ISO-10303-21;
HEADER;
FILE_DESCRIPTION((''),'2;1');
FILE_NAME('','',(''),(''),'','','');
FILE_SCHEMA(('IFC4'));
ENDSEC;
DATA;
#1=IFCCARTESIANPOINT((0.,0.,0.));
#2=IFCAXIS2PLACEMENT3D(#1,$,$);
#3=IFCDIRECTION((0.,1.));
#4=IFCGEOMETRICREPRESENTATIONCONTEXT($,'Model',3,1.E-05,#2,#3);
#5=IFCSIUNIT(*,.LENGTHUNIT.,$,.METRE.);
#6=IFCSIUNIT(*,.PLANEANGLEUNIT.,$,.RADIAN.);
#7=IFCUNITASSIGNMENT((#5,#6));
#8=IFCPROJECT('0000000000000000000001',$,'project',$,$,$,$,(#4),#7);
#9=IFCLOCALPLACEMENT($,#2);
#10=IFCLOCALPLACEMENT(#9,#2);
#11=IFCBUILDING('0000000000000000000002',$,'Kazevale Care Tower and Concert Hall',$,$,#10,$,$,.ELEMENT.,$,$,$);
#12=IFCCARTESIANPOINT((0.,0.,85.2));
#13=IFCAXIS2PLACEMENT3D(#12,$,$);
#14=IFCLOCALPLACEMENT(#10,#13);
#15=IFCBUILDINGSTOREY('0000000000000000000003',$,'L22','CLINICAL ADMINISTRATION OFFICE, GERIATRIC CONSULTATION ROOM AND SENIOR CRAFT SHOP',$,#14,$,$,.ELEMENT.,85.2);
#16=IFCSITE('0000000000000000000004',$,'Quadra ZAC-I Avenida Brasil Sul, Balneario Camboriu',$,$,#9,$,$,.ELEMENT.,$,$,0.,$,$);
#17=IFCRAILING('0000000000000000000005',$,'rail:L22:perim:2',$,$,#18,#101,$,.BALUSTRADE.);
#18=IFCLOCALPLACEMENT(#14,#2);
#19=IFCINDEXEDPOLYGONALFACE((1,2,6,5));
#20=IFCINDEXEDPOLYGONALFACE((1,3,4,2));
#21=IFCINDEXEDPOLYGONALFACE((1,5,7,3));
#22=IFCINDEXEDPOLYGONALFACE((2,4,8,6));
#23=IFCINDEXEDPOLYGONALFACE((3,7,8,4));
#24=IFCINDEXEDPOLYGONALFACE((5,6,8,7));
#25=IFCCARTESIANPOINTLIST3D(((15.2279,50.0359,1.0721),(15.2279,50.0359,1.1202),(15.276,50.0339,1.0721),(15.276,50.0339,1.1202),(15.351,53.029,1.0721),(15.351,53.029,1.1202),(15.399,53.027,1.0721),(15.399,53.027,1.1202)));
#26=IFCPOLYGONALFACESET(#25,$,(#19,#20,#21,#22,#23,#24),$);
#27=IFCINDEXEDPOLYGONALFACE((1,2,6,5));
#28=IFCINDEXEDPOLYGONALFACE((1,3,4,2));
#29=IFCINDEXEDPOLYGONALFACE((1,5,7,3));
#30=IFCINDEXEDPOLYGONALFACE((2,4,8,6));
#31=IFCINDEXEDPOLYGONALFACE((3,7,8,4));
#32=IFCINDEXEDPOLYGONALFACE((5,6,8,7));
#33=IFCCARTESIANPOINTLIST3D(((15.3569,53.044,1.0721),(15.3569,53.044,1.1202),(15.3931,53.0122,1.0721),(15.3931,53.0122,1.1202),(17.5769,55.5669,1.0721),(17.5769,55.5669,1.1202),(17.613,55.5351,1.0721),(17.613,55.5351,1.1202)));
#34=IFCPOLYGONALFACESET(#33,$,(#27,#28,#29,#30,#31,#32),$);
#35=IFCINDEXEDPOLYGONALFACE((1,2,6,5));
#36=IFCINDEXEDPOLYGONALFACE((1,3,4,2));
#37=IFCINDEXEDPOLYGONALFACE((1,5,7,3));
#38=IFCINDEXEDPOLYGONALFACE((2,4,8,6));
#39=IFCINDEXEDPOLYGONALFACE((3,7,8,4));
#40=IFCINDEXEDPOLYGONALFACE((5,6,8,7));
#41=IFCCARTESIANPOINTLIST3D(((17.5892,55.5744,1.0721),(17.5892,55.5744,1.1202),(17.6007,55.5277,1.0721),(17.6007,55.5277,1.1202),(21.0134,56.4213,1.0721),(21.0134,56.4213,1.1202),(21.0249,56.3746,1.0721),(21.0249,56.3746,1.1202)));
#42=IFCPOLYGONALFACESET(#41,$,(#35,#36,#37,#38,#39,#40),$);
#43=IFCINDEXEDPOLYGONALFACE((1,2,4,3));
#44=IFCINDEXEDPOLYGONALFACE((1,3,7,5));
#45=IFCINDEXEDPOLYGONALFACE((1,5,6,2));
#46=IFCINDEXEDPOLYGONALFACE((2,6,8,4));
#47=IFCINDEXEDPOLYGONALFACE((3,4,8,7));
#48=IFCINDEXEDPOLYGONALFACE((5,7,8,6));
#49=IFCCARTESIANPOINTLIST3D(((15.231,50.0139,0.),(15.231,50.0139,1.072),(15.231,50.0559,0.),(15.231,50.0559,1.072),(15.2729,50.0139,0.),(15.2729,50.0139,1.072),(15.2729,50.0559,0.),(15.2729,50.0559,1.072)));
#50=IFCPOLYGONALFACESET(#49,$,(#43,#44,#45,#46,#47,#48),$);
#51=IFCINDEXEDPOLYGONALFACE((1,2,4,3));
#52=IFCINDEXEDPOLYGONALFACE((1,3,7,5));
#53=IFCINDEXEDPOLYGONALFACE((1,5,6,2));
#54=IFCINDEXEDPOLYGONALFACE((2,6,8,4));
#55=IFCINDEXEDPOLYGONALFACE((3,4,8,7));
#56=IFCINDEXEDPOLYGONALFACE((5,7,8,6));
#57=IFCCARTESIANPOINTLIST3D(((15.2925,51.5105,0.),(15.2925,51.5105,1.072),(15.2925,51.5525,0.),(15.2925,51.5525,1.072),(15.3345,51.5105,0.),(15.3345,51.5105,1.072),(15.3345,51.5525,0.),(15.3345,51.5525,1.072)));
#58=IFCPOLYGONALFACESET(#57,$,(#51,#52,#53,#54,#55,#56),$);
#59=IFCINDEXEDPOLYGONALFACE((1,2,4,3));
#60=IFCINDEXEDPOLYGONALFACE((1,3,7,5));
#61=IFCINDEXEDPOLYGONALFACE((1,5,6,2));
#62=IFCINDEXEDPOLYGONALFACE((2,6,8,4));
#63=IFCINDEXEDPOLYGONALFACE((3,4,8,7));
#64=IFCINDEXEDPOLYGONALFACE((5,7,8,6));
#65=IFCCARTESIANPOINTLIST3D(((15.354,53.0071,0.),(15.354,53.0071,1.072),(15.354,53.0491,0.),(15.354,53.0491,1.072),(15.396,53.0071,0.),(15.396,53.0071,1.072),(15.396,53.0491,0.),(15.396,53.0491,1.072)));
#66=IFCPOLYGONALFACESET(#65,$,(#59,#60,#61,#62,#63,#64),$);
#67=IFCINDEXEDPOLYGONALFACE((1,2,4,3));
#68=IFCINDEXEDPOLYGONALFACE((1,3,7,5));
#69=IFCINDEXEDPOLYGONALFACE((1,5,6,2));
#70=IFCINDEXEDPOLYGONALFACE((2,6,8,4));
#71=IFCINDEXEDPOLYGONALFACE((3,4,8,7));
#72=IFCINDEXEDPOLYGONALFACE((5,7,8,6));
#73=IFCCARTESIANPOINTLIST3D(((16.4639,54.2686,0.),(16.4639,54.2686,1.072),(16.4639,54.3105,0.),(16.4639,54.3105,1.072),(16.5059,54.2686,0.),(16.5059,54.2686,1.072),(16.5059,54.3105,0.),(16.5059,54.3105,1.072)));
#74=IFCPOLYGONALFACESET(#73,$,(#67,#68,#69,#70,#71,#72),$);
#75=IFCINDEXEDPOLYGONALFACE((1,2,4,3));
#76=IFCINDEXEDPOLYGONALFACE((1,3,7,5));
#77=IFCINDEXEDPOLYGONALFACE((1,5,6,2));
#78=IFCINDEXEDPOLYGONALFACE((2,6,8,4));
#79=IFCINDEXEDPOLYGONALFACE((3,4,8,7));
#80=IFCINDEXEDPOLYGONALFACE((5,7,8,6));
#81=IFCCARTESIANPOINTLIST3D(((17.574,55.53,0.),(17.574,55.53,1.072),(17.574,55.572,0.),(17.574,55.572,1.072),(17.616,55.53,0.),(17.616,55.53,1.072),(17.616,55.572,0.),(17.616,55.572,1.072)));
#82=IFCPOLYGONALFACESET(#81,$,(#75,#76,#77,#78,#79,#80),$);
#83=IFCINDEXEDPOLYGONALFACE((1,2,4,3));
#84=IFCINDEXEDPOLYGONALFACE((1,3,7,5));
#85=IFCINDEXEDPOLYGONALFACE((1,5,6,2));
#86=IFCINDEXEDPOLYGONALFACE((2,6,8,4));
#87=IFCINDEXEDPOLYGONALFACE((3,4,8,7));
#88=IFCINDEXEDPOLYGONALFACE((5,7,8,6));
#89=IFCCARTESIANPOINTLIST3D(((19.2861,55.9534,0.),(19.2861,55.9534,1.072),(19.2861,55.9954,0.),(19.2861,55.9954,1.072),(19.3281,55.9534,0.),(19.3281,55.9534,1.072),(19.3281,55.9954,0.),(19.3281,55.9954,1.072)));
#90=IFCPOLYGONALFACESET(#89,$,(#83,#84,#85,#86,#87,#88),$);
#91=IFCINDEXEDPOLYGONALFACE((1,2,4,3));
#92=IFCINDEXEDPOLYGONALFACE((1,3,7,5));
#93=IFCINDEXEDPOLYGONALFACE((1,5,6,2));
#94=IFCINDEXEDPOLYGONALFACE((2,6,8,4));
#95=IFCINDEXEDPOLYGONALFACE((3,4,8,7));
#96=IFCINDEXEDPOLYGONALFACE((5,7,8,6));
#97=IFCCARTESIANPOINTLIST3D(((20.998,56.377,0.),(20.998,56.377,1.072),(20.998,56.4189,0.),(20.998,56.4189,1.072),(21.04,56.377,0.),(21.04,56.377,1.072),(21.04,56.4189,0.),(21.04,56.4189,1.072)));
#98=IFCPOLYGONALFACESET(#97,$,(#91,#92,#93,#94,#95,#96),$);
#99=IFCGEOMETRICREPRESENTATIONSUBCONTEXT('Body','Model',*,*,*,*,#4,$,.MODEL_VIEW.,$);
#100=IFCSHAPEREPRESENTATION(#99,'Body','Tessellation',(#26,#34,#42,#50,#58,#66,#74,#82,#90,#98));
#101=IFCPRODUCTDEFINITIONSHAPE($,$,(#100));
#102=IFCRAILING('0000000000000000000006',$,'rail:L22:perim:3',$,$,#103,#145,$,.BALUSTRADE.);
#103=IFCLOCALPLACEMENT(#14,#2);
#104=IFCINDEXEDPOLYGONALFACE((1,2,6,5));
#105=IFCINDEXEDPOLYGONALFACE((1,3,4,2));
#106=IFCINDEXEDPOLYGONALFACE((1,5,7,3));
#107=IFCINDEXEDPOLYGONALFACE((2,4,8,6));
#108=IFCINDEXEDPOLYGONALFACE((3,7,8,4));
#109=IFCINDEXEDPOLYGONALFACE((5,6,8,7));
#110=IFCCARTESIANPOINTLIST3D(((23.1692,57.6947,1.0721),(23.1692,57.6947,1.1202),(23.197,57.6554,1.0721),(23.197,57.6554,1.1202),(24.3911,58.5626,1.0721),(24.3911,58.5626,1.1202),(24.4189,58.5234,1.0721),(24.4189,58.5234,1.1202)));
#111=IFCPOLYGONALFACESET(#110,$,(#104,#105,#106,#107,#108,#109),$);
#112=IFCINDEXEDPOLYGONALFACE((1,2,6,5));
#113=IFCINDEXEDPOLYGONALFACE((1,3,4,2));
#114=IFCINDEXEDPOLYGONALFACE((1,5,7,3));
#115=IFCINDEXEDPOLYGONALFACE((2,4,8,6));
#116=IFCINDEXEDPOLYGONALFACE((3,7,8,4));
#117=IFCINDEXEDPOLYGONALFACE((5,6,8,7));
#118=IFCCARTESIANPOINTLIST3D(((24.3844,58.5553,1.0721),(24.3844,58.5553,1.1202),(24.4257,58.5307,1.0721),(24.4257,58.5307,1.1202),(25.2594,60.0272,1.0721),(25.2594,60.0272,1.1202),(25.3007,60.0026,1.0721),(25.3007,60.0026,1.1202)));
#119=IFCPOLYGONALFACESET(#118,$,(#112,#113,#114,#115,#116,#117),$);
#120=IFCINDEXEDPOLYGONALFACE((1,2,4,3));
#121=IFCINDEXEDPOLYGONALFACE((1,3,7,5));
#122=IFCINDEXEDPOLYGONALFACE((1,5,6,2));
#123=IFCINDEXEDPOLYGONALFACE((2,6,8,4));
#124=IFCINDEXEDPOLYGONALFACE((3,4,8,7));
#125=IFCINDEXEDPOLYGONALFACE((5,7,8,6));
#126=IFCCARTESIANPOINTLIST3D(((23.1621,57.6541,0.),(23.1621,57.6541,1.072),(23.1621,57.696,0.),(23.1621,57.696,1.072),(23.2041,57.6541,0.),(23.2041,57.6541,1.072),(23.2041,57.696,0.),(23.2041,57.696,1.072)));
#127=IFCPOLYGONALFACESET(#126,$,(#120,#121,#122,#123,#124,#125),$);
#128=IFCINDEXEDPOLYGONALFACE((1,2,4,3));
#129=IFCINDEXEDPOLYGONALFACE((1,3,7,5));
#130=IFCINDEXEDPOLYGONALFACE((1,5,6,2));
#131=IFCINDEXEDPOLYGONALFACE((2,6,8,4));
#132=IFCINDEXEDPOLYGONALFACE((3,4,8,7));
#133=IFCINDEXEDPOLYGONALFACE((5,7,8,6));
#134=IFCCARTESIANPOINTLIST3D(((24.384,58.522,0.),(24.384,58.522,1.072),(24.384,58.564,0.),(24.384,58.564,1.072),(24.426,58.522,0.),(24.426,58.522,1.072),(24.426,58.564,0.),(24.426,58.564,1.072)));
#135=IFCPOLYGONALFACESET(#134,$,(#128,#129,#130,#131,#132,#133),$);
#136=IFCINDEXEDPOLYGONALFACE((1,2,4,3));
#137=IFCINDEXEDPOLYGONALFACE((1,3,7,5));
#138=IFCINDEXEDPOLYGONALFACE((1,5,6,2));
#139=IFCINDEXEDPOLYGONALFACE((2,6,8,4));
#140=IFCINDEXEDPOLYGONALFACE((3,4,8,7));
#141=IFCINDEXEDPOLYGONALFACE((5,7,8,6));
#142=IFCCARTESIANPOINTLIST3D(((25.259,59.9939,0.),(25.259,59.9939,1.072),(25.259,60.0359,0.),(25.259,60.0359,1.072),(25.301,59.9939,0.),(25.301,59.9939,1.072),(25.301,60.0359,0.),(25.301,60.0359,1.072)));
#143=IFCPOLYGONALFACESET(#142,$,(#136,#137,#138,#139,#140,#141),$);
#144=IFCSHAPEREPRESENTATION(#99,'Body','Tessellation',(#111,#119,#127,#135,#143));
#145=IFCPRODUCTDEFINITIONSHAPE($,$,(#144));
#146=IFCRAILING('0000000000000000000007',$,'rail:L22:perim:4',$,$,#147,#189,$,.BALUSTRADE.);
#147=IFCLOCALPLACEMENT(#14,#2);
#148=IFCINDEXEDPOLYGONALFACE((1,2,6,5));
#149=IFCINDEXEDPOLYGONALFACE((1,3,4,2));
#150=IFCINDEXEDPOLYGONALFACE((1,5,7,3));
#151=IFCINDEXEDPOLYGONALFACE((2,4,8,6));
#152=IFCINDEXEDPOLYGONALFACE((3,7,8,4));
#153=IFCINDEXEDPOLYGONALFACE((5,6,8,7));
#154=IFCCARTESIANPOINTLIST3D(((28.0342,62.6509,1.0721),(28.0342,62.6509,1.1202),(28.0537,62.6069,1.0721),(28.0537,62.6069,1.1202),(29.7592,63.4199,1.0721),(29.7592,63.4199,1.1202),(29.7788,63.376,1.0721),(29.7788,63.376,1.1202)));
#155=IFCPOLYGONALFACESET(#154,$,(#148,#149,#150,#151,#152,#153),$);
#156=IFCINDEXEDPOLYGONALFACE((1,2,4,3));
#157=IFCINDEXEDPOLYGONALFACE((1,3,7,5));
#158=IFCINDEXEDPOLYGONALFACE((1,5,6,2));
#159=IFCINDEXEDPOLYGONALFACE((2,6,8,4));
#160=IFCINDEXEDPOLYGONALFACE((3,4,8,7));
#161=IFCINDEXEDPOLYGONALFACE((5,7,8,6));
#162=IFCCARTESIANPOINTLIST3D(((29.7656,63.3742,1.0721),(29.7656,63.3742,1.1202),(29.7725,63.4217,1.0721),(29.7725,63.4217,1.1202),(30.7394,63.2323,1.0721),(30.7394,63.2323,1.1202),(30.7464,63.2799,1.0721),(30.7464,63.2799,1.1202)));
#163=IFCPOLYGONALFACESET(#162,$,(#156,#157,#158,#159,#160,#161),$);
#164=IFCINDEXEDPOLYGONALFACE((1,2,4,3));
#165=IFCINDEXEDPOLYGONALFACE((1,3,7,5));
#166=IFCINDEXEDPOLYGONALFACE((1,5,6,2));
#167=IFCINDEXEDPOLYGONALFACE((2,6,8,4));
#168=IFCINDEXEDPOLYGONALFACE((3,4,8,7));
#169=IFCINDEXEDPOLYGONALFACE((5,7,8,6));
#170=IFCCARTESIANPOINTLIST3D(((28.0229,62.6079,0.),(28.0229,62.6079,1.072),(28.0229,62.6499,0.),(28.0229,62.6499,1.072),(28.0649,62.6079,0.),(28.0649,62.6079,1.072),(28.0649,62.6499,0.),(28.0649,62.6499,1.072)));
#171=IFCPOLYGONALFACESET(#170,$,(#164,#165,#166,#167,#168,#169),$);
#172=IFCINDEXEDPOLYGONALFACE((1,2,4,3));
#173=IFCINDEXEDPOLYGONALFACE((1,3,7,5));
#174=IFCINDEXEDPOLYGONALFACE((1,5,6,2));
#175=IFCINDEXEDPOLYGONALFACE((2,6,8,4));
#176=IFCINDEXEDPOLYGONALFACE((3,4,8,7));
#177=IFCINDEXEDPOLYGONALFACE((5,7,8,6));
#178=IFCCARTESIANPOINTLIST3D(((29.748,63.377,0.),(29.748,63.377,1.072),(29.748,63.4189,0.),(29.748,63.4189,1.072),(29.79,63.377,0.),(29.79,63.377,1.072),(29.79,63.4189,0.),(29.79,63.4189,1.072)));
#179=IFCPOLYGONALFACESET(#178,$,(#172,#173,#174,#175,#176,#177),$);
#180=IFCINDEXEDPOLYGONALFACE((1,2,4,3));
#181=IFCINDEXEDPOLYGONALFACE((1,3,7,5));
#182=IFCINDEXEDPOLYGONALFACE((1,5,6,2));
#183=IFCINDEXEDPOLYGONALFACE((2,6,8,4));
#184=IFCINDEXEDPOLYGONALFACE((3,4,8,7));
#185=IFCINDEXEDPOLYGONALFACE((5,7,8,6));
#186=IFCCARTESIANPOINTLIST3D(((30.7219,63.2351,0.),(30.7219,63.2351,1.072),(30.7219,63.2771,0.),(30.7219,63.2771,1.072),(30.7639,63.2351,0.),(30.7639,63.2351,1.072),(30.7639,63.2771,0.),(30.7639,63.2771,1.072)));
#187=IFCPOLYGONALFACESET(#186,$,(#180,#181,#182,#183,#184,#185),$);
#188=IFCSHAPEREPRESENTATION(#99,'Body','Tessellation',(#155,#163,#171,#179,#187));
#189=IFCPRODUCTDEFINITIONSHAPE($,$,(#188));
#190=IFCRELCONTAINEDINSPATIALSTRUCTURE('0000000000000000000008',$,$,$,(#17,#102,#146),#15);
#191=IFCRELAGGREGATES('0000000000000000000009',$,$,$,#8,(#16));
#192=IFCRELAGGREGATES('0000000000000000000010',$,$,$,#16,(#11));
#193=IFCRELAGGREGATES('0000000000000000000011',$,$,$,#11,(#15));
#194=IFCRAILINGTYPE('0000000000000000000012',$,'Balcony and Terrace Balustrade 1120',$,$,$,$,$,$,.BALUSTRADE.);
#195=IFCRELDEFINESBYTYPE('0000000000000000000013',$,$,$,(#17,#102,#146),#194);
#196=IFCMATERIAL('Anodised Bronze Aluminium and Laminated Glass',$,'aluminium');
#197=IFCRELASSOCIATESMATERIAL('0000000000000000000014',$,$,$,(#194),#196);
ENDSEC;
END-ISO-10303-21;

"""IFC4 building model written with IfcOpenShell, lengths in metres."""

from ifc_helpers import new_model, si_unit, direction, frame, origin, origin_2d, place, context, subcontext, project, spatial, rectangle, extrude, material, type_object, element, save


model = new_model("IFC4")

# Units and contexts
model_context = context("Model", 3, precision=1e-05, world=origin(), true_north=direction((0.0, 1.0)))
body_context = subcontext(model_context, "Body", "Model", "MODEL_VIEW")
ifc_project = project(units=[si_unit("LENGTHUNIT", "METRE"), si_unit("PLANEANGLEUNIT", "RADIAN")], contexts=[model_context])

# Site, building, storey
site_placement = place(None, origin())
site = spatial("IfcSite", under=ifc_project, at=site_placement, Name="Quadra ZAC-I Avenida Brasil Sul, Balneario Camboriu", CompositionType="ELEMENT", RefElevation=0.0)
building_placement = place(site_placement, origin())
building = spatial("IfcBuilding", under=site, at=building_placement, Name="Kazevale Care Tower and Concert Hall", CompositionType="ELEMENT")
storey_placement = place(building_placement, frame((0.0, 0.0, 85.2)))
storey = spatial("IfcBuildingStorey", under=building, at=storey_placement, Name="L22", Description="CLINICAL ADMINISTRATION OFFICE, GERIATRIC CONSULTATION ROOM AND SENIOR CRAFT SHOP", CompositionType="ELEMENT", Elevation=85.2)

# Railings
ifc_material_1 = material(Name="Anodised Bronze Aluminium and Laminated Glass", Category="aluminium")
railing_type = type_object("IfcRailingType", Name="Balcony and Terrace Balustrade 1120", PredefinedType="BALUSTRADE", material=ifc_material_1)
railing_1_placement = place(storey_placement, frame((15.252, 50.0349, 0.0)))
element("IfcRailing", 1, at=railing_1_placement, inside=storey, type_object=railing_type, Name="rail:L22:perim:2", PredefinedType="BALUSTRADE", context=body_context, shape_type="SweptSolid", body=[
    extrude(rectangle(XDim=0.0481, YDim=0.0481, at=origin_2d()), frame((0.0, 0.0, 1.0962), z_axis=(0.041075, 0.999156, 0.0), x_axis=(-0.999156, 0.041075, 0.0)), (0.0, 0.0, 1.0), 2.9956),
    extrude(rectangle(XDim=0.0481, YDim=0.0481, at=origin_2d()), frame((0.123, 2.9932, 1.0962), z_axis=(0.66059, 0.750747, 0.0), x_axis=(-0.750747, 0.66059, 0.0)), (0.0, 0.0, 1.0), 3.3606),
    extrude(rectangle(XDim=0.0481, YDim=0.0481, at=origin_2d()), frame((2.343, 5.5161, 1.0962), z_axis=(0.970746, 0.240108, 0.0), x_axis=(-0.240108, 0.970746, 0.0)), (0.0, 0.0, 1.0), 3.5273),
    extrude(rectangle(XDim=0.042, YDim=0.042, at=origin_2d()), origin(), (0.0, 0.0, 1.0), 1.072),
    extrude(rectangle(XDim=0.042, YDim=0.042, at=origin_2d()), frame((0.0615, 1.4966, 0.0)), (0.0, 0.0, 1.0), 1.072),
    extrude(rectangle(XDim=0.042, YDim=0.042, at=origin_2d()), frame((0.123, 2.9932, 0.0)), (0.0, 0.0, 1.0), 1.072),
    extrude(rectangle(XDim=0.042, YDim=0.042, at=origin_2d()), frame((1.2329, 4.2546, 0.0)), (0.0, 0.0, 1.0), 1.072),
    extrude(rectangle(XDim=0.042, YDim=0.042, at=origin_2d()), frame((2.343, 5.5161, 0.0)), (0.0, 0.0, 1.0), 1.072),
    extrude(rectangle(XDim=0.042, YDim=0.042, at=origin_2d()), frame((4.0552, 5.9395, 0.0)), (0.0, 0.0, 1.0), 1.072),
    extrude(rectangle(XDim=0.042, YDim=0.042, at=origin_2d()), frame((5.7671, 6.363, 0.0)), (0.0, 0.0, 1.0), 1.072),
])
railing_2_placement = place(storey_placement, frame((23.1831, 57.675, 0.0)))
element("IfcRailing", 2, at=railing_2_placement, inside=storey, type_object=railing_type, Name="rail:L22:perim:3", PredefinedType="BALUSTRADE", context=body_context, shape_type="SweptSolid", body=[
    extrude(rectangle(XDim=0.0481, YDim=0.0481, at=origin_2d()), frame((0.0, 0.0, 1.0962), z_axis=(0.815271, 0.579079, 0.0), x_axis=(-0.579079, 0.815271, 0.0)), (0.0, 0.0, 1.0), 1.4988),
    extrude(rectangle(XDim=0.0481, YDim=0.0481, at=origin_2d()), frame((1.2219, 0.8679, 1.0962), z_axis=(0.51099, 0.859587, 0.0), x_axis=(-0.859587, 0.51099, 0.0)), (0.0, 0.0, 1.0), 1.7124),
    extrude(rectangle(XDim=0.042, YDim=0.042, at=origin_2d()), origin(), (0.0, 0.0, 1.0), 1.072),
    extrude(rectangle(XDim=0.042, YDim=0.042, at=origin_2d()), frame((1.2219, 0.8679, 0.0)), (0.0, 0.0, 1.0), 1.072),
    extrude(rectangle(XDim=0.042, YDim=0.042, at=origin_2d()), frame((2.0969, 2.3398, 0.0)), (0.0, 0.0, 1.0), 1.072),
])
railing_3_placement = place(storey_placement, frame((28.0439, 62.6289, 0.0)))
element("IfcRailing", 3, at=railing_3_placement, inside=storey, type_object=railing_type, Name="rail:L22:perim:4", PredefinedType="BALUSTRADE", context=body_context, shape_type="SweptSolid", body=[
    extrude(rectangle(XDim=0.0481, YDim=0.0481, at=origin_2d()), frame((0.0, 0.0, 1.0962), z_axis=(0.913353, 0.40717, 0.0), x_axis=(-0.40717, 0.913353, 0.0)), (0.0, 0.0, 1.0), 1.8887),
    extrude(rectangle(XDim=0.0481, YDim=0.0481, at=origin_2d()), frame((1.7251, 0.769, 1.0962), z_axis=(0.989559, -0.14413, 0.0), x_axis=(0.14413, 0.989559, 0.0)), (0.0, 0.0, 1.0), 0.9841),
    extrude(rectangle(XDim=0.042, YDim=0.042, at=origin_2d()), origin(), (0.0, 0.0, 1.0), 1.072),
    extrude(rectangle(XDim=0.042, YDim=0.042, at=origin_2d()), frame((1.7251, 0.769, 0.0)), (0.0, 0.0, 1.0), 1.072),
    extrude(rectangle(XDim=0.042, YDim=0.042, at=origin_2d()), frame((2.699, 0.6272, 0.0)), (0.0, 0.0, 1.0), 1.072),
])

save(model, "model.ifc")
